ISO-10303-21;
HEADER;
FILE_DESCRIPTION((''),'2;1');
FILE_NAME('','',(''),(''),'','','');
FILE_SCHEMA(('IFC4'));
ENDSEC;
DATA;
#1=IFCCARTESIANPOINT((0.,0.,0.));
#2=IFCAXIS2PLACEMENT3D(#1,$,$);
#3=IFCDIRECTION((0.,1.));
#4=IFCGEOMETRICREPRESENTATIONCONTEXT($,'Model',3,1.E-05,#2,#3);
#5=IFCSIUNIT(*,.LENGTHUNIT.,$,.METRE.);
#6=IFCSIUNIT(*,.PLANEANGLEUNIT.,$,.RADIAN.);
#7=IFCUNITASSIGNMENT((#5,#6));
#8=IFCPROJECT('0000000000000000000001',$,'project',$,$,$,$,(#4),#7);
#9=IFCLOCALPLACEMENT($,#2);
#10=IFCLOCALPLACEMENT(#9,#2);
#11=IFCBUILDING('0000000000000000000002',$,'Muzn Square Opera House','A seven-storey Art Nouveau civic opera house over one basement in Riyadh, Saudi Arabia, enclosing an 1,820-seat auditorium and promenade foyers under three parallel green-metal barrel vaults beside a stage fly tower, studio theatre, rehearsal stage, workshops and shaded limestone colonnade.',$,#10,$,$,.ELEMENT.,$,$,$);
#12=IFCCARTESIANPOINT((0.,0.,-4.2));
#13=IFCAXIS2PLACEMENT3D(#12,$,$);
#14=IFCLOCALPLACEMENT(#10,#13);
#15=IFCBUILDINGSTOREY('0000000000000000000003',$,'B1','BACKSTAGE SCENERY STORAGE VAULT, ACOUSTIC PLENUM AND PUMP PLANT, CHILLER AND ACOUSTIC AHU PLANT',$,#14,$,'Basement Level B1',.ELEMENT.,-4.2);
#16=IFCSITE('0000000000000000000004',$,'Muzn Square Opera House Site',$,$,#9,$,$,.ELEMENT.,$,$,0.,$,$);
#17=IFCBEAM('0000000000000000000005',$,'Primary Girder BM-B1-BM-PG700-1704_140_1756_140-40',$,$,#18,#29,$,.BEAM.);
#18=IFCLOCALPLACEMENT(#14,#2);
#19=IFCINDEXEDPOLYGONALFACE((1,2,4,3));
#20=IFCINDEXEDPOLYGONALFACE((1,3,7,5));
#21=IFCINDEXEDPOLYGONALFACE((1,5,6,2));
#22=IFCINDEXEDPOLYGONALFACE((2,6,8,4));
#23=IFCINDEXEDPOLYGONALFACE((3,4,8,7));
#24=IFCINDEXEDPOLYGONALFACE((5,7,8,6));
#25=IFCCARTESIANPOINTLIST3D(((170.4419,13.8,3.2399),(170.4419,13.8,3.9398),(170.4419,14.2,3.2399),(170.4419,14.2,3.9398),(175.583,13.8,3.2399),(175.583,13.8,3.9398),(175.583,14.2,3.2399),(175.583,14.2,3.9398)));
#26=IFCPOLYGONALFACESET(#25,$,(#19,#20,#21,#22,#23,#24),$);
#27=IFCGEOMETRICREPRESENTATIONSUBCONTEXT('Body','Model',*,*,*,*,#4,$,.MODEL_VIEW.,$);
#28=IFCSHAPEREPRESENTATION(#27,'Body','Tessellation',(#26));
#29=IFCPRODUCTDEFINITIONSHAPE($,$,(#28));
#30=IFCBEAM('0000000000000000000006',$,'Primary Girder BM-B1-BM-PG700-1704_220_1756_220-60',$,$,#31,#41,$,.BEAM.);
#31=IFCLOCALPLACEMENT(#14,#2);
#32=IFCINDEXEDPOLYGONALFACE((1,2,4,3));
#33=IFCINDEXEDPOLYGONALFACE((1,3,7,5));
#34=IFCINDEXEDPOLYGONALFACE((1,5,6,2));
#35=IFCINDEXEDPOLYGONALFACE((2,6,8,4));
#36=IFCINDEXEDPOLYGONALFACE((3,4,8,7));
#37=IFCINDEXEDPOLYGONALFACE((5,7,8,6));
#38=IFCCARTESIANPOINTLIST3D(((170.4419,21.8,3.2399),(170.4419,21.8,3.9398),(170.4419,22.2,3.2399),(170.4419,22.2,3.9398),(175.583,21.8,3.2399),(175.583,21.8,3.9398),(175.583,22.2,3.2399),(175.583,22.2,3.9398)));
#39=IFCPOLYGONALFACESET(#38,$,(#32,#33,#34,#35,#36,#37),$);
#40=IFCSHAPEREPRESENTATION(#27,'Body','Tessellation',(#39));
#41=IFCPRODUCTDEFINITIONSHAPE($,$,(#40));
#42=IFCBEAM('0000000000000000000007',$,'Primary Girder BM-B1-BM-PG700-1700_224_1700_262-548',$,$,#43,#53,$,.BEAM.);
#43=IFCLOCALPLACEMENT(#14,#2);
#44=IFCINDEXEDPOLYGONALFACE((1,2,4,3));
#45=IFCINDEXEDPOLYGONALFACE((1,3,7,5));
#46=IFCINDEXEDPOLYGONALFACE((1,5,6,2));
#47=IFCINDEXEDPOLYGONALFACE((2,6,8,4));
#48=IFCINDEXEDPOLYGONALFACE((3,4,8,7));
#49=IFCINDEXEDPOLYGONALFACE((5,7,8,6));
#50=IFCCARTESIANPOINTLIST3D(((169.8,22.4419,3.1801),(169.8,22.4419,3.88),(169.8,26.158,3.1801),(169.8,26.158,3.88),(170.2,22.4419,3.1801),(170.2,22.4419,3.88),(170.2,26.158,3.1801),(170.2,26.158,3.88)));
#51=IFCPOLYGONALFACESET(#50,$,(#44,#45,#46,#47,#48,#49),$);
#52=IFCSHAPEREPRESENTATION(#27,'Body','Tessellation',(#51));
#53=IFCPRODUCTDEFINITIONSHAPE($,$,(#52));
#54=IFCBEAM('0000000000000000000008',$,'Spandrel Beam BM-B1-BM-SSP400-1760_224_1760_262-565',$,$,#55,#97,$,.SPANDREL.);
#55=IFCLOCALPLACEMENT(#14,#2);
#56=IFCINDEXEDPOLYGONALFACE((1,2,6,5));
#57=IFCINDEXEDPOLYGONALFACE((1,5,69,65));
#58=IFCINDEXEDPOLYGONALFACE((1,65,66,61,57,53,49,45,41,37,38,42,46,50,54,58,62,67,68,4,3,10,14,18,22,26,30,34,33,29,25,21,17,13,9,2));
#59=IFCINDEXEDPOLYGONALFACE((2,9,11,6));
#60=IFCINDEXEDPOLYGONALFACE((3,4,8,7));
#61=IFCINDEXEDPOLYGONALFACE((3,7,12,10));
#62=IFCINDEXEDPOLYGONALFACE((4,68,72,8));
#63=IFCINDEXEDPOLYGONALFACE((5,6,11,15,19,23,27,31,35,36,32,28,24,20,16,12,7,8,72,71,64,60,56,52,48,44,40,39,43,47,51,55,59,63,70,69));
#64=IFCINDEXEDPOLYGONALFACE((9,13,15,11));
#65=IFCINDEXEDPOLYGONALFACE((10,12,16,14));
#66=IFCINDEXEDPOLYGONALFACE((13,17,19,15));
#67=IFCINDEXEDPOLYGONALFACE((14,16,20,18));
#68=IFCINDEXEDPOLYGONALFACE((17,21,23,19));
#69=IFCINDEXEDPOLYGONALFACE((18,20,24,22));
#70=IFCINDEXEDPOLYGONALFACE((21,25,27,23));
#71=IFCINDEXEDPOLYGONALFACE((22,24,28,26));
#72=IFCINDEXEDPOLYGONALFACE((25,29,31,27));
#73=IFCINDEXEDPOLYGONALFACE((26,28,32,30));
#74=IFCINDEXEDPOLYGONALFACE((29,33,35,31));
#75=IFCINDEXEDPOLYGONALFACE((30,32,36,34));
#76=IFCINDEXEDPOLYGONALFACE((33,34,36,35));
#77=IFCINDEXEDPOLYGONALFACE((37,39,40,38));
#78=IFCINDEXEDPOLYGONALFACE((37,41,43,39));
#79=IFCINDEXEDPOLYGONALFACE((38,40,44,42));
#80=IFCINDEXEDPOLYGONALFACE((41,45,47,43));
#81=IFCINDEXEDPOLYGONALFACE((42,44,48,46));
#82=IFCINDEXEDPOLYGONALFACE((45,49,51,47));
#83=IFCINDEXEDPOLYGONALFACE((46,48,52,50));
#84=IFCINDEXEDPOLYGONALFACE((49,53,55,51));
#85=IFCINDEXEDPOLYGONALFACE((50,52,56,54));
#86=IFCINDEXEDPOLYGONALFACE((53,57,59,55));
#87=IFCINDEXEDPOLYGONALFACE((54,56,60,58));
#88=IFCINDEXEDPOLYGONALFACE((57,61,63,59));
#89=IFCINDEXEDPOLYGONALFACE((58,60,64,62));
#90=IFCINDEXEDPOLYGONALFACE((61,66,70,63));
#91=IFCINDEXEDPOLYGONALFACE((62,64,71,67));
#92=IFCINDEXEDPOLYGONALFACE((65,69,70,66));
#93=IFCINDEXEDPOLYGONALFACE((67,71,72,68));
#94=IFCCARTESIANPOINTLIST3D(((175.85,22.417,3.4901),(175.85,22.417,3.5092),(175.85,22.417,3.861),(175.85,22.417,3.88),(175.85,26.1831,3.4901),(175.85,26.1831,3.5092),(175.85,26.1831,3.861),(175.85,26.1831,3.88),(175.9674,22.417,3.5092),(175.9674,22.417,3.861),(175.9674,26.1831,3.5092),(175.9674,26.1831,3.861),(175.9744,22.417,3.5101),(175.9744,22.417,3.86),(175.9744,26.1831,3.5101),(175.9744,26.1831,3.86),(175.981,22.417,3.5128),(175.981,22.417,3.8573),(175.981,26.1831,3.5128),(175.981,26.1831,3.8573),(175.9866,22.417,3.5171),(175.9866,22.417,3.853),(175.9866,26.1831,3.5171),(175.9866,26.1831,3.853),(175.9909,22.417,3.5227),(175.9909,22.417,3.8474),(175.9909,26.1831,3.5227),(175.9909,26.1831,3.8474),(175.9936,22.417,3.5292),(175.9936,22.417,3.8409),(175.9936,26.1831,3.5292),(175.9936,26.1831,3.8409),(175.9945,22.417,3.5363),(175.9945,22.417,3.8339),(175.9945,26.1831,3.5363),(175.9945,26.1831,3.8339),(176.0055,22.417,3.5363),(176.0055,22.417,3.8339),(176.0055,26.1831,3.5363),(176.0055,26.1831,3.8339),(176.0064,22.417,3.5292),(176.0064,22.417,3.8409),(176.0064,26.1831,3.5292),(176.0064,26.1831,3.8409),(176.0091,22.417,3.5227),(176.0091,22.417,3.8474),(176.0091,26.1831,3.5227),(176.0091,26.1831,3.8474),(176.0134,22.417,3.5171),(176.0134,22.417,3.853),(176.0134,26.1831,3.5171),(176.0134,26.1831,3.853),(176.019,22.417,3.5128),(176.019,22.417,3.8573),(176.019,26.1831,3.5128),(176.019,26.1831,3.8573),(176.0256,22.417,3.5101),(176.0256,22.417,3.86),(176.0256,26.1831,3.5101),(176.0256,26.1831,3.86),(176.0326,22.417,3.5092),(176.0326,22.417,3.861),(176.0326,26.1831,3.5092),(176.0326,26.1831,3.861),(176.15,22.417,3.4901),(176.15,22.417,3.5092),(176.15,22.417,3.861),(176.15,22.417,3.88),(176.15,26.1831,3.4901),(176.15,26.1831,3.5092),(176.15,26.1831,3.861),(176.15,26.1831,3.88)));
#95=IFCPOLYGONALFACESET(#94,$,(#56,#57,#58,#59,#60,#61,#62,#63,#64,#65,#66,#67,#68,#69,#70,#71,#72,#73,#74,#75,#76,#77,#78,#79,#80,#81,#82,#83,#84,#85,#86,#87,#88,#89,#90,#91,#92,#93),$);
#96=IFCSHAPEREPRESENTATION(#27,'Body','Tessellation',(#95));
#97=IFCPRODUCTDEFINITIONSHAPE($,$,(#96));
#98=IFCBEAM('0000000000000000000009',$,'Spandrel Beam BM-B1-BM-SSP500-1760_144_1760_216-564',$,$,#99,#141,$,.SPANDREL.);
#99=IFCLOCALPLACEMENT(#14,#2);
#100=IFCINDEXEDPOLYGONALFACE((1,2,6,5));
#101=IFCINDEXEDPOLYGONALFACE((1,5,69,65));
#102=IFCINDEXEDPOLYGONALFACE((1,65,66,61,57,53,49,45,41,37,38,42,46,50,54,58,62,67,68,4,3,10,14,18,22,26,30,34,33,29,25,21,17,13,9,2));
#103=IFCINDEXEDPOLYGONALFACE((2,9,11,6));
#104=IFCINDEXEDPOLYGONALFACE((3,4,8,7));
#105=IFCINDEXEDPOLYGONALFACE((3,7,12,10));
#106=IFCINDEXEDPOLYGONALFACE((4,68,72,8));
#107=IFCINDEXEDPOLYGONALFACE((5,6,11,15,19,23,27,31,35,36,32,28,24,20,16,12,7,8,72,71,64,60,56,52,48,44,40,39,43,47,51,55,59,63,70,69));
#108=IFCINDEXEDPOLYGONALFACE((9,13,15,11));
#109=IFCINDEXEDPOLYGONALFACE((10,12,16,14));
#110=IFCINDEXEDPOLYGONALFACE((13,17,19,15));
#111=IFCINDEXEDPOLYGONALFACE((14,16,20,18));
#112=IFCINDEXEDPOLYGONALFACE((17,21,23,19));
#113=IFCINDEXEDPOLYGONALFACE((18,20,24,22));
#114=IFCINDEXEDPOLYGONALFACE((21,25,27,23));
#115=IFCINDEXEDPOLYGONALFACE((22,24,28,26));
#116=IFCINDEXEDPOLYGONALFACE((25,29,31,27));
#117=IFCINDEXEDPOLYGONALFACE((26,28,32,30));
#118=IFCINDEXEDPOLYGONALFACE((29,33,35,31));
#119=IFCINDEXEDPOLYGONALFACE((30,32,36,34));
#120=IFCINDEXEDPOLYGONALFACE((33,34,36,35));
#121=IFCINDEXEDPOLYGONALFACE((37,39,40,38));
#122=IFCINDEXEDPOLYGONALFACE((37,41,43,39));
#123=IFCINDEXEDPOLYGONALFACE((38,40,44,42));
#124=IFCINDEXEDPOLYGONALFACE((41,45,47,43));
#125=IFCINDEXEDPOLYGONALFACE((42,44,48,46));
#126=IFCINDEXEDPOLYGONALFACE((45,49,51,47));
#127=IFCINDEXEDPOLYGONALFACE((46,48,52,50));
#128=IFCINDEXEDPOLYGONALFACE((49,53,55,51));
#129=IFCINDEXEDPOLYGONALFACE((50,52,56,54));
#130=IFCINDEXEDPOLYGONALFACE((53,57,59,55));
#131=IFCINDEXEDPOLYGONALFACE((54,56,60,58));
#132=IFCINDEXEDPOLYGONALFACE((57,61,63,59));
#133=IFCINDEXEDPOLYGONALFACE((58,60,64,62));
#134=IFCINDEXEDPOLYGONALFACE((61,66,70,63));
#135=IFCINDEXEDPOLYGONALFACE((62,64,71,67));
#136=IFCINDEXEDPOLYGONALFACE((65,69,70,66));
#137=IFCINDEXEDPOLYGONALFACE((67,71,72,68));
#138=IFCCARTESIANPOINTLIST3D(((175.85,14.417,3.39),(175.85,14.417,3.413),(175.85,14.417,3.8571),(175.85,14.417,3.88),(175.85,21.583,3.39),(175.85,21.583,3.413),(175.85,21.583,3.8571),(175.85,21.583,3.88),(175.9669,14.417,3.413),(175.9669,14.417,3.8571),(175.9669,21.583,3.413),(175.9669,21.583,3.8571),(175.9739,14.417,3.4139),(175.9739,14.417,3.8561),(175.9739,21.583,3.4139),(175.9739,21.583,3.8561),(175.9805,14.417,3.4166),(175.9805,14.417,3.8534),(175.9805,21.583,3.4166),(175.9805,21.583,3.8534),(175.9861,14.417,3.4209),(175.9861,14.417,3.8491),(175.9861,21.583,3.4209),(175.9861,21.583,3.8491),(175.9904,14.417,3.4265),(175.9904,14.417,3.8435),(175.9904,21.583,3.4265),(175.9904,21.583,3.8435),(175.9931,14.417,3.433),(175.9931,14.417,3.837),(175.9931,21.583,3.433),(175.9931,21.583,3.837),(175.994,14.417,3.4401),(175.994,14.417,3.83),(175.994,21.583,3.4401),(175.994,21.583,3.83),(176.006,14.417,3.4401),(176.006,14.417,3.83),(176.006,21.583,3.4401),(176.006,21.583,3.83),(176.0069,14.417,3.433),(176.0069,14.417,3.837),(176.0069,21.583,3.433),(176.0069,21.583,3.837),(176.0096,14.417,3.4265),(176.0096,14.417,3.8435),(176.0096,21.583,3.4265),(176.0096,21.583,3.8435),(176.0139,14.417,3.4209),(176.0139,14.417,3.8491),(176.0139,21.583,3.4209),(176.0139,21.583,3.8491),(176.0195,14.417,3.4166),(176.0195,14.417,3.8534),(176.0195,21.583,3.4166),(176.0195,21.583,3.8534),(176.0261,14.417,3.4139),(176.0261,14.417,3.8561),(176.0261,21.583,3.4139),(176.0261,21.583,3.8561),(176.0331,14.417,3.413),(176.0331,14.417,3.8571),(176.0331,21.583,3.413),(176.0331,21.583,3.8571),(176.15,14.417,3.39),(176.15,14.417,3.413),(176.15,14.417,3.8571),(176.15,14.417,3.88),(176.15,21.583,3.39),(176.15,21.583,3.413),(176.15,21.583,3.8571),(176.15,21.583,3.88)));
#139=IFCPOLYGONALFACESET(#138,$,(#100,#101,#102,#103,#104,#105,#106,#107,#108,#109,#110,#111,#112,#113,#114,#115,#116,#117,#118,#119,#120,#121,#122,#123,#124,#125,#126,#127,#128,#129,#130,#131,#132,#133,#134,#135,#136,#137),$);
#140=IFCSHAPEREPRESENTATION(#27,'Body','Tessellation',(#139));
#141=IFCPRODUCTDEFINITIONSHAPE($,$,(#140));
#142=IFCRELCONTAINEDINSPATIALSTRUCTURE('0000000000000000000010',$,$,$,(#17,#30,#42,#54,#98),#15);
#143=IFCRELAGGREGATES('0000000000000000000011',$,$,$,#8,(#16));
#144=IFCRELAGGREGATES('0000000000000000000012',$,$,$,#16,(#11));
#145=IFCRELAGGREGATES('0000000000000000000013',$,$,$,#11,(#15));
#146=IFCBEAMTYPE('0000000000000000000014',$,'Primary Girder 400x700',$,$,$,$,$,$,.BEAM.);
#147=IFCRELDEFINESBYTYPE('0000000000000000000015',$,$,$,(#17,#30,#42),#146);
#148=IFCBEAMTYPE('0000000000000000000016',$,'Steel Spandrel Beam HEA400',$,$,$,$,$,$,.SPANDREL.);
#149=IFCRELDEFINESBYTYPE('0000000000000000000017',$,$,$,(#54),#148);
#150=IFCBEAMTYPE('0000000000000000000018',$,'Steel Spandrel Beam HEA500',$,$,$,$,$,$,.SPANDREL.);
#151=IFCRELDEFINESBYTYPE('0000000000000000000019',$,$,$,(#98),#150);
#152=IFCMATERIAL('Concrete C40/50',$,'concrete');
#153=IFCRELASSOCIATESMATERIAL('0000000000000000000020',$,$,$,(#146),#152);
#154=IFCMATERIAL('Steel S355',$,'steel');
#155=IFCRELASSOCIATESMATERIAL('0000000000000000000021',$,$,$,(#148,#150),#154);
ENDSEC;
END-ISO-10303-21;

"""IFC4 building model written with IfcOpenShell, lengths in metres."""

from ifc_helpers import new_model, si_unit, direction, frame, origin, origin_2d, place, context, subcontext, project, spatial, rectangle, i_section, extrude, material, material_profile, profile_set, type_object, element, save


model = new_model("IFC4")

# Units and contexts
model_context = context("Model", 3, precision=1e-05, world=origin(), true_north=direction((0.0, 1.0)))
body_context = subcontext(model_context, "Body", "Model", "MODEL_VIEW")
ifc_project = project(units=[si_unit("LENGTHUNIT", "METRE"), si_unit("PLANEANGLEUNIT", "RADIAN")], contexts=[model_context])

# Site, building, storey
site_placement = place(None, origin())
site = spatial("IfcSite", under=ifc_project, at=site_placement, Name="Muzn Square Opera House Site", CompositionType="ELEMENT", RefElevation=0.0)
building_placement = place(site_placement, origin())
building = spatial("IfcBuilding", under=site, at=building_placement, Name="Muzn Square Opera House", Description="A seven-storey Art Nouveau civic opera house over one basement in Riyadh, Saudi Arabia, enclosing an 1,820-seat auditorium and promenade foyers under three parallel green-metal barrel vaults beside a stage fly tower, studio theatre, rehearsal stage, workshops and shaded limestone colonnade.", CompositionType="ELEMENT")
storey_placement = place(building_placement, frame((0.0, 0.0, -4.2)))
storey = spatial("IfcBuildingStorey", under=building, at=storey_placement, Name="B1", Description="BACKSTAGE SCENERY STORAGE VAULT, ACOUSTIC PLENUM AND PUMP PLANT, CHILLER AND ACOUSTIC AHU PLANT", LongName="Basement Level B1", CompositionType="ELEMENT", Elevation=-4.2)

# Shared definitions
ifc_material_1 = material(Name="Concrete C40/50", Category="concrete")

# Beams
ifc_material_profile_1 = material_profile(ifc_material_1, rectangle(XDim=0.3999, YDim=0.7, at=origin_2d()), Name="RCB 400x700", Category="concrete")
ifc_profile_set_1 = profile_set([ifc_material_profile_1], Name="Concrete C40/50")
beam_type_1 = type_object("IfcBeamType", Name="Primary Girder 400x700", PredefinedType="BEAM", material=ifc_profile_set_1)
for number, where, z_axis, x_axis, name in (
    (1, (170.4419, 14.0, 3.5898), (1.0, 0.0, 0.0), (0.0, 1.0, 0.0), "Primary Girder BM-B1-BM-PG700-1704_140_1756_140-40"),
    (2, (170.4419, 22.0, 3.5898), (1.0, 0.0, 0.0), (0.0, 1.0, 0.0), "Primary Girder BM-B1-BM-PG700-1704_220_1756_220-60"),
):
    element("IfcBeam", number, at=place(storey_placement, frame(where, z_axis=z_axis, x_axis=x_axis)), inside=storey, type_object=beam_type_1, Name=name, PredefinedType="BEAM", context=body_context, shape_type="SweptSolid", body=[
        extrude(rectangle(XDim=0.3999, YDim=0.7, at=origin_2d()), origin(), (0.0, 0.0, 1.0), 5.1411),
    ])
beam_1_placement = place(storey_placement, frame((170.0, 22.4419, 3.53), z_axis=(0.0, 1.0, 0.0), x_axis=(-1.0, 0.0, 0.0)))
element("IfcBeam", 3, at=beam_1_placement, inside=storey, type_object=beam_type_1, Name="Primary Girder BM-B1-BM-PG700-1700_224_1700_262-548", PredefinedType="BEAM", context=body_context, shape_type="SweptSolid", body=[
    extrude(rectangle(XDim=0.3999, YDim=0.7, at=origin_2d()), origin(), (0.0, 0.0, 1.0), 3.7161),
])
ifc_material_2 = material(Name="Steel S355", Category="steel")
ifc_material_profile_2 = material_profile(ifc_material_2, i_section(OverallWidth=0.3, OverallDepth=0.3899, WebThickness=0.011, FlangeThickness=0.019, FilletRadius=0.0271, at=origin_2d()), Name="HEA 400", Category="steel")
ifc_profile_set_2 = profile_set([ifc_material_profile_2], Name="Steel S355")
beam_type_2 = type_object("IfcBeamType", Name="Steel Spandrel Beam HEA400", PredefinedType="SPANDREL", material=ifc_profile_set_2)
beam_2_placement = place(storey_placement, frame((176.0, 22.417, 3.6851), z_axis=(0.0, 1.0, 0.0), x_axis=(-1.0, 0.0, 0.0)))
element("IfcBeam", 4, at=beam_2_placement, inside=storey, type_object=beam_type_2, Name="Spandrel Beam BM-B1-BM-SSP400-1760_224_1760_262-565", PredefinedType="SPANDREL", context=body_context, shape_type="SweptSolid", body=[
    extrude(i_section(OverallWidth=0.3, OverallDepth=0.3899, WebThickness=0.011, FlangeThickness=0.019, FilletRadius=0.0271, at=origin_2d()), origin(), (0.0, 0.0, 1.0), 3.7661),
])
ifc_material_profile_3 = material_profile(ifc_material_2, i_section(OverallWidth=0.3, OverallDepth=0.49, WebThickness=0.012, FlangeThickness=0.0229, FilletRadius=0.0271, at=origin_2d()), Name="HEA 500", Category="steel")
ifc_profile_set_3 = profile_set([ifc_material_profile_3], Name="Steel S355")
beam_type_3 = type_object("IfcBeamType", Name="Steel Spandrel Beam HEA500", PredefinedType="SPANDREL", material=ifc_profile_set_3)
beam_3_placement = place(storey_placement, frame((176.0, 14.417, 3.635), z_axis=(0.0, 1.0, 0.0), x_axis=(-1.0, 0.0, 0.0)))
element("IfcBeam", 5, at=beam_3_placement, inside=storey, type_object=beam_type_3, Name="Spandrel Beam BM-B1-BM-SSP500-1760_144_1760_216-564", PredefinedType="SPANDREL", context=body_context, shape_type="SweptSolid", body=[
    extrude(i_section(OverallWidth=0.3, OverallDepth=0.49, WebThickness=0.012, FlangeThickness=0.0229, FilletRadius=0.0271, at=origin_2d()), origin(), (0.0, 0.0, 1.0), 7.166),
])

save(model, "model.ifc")
